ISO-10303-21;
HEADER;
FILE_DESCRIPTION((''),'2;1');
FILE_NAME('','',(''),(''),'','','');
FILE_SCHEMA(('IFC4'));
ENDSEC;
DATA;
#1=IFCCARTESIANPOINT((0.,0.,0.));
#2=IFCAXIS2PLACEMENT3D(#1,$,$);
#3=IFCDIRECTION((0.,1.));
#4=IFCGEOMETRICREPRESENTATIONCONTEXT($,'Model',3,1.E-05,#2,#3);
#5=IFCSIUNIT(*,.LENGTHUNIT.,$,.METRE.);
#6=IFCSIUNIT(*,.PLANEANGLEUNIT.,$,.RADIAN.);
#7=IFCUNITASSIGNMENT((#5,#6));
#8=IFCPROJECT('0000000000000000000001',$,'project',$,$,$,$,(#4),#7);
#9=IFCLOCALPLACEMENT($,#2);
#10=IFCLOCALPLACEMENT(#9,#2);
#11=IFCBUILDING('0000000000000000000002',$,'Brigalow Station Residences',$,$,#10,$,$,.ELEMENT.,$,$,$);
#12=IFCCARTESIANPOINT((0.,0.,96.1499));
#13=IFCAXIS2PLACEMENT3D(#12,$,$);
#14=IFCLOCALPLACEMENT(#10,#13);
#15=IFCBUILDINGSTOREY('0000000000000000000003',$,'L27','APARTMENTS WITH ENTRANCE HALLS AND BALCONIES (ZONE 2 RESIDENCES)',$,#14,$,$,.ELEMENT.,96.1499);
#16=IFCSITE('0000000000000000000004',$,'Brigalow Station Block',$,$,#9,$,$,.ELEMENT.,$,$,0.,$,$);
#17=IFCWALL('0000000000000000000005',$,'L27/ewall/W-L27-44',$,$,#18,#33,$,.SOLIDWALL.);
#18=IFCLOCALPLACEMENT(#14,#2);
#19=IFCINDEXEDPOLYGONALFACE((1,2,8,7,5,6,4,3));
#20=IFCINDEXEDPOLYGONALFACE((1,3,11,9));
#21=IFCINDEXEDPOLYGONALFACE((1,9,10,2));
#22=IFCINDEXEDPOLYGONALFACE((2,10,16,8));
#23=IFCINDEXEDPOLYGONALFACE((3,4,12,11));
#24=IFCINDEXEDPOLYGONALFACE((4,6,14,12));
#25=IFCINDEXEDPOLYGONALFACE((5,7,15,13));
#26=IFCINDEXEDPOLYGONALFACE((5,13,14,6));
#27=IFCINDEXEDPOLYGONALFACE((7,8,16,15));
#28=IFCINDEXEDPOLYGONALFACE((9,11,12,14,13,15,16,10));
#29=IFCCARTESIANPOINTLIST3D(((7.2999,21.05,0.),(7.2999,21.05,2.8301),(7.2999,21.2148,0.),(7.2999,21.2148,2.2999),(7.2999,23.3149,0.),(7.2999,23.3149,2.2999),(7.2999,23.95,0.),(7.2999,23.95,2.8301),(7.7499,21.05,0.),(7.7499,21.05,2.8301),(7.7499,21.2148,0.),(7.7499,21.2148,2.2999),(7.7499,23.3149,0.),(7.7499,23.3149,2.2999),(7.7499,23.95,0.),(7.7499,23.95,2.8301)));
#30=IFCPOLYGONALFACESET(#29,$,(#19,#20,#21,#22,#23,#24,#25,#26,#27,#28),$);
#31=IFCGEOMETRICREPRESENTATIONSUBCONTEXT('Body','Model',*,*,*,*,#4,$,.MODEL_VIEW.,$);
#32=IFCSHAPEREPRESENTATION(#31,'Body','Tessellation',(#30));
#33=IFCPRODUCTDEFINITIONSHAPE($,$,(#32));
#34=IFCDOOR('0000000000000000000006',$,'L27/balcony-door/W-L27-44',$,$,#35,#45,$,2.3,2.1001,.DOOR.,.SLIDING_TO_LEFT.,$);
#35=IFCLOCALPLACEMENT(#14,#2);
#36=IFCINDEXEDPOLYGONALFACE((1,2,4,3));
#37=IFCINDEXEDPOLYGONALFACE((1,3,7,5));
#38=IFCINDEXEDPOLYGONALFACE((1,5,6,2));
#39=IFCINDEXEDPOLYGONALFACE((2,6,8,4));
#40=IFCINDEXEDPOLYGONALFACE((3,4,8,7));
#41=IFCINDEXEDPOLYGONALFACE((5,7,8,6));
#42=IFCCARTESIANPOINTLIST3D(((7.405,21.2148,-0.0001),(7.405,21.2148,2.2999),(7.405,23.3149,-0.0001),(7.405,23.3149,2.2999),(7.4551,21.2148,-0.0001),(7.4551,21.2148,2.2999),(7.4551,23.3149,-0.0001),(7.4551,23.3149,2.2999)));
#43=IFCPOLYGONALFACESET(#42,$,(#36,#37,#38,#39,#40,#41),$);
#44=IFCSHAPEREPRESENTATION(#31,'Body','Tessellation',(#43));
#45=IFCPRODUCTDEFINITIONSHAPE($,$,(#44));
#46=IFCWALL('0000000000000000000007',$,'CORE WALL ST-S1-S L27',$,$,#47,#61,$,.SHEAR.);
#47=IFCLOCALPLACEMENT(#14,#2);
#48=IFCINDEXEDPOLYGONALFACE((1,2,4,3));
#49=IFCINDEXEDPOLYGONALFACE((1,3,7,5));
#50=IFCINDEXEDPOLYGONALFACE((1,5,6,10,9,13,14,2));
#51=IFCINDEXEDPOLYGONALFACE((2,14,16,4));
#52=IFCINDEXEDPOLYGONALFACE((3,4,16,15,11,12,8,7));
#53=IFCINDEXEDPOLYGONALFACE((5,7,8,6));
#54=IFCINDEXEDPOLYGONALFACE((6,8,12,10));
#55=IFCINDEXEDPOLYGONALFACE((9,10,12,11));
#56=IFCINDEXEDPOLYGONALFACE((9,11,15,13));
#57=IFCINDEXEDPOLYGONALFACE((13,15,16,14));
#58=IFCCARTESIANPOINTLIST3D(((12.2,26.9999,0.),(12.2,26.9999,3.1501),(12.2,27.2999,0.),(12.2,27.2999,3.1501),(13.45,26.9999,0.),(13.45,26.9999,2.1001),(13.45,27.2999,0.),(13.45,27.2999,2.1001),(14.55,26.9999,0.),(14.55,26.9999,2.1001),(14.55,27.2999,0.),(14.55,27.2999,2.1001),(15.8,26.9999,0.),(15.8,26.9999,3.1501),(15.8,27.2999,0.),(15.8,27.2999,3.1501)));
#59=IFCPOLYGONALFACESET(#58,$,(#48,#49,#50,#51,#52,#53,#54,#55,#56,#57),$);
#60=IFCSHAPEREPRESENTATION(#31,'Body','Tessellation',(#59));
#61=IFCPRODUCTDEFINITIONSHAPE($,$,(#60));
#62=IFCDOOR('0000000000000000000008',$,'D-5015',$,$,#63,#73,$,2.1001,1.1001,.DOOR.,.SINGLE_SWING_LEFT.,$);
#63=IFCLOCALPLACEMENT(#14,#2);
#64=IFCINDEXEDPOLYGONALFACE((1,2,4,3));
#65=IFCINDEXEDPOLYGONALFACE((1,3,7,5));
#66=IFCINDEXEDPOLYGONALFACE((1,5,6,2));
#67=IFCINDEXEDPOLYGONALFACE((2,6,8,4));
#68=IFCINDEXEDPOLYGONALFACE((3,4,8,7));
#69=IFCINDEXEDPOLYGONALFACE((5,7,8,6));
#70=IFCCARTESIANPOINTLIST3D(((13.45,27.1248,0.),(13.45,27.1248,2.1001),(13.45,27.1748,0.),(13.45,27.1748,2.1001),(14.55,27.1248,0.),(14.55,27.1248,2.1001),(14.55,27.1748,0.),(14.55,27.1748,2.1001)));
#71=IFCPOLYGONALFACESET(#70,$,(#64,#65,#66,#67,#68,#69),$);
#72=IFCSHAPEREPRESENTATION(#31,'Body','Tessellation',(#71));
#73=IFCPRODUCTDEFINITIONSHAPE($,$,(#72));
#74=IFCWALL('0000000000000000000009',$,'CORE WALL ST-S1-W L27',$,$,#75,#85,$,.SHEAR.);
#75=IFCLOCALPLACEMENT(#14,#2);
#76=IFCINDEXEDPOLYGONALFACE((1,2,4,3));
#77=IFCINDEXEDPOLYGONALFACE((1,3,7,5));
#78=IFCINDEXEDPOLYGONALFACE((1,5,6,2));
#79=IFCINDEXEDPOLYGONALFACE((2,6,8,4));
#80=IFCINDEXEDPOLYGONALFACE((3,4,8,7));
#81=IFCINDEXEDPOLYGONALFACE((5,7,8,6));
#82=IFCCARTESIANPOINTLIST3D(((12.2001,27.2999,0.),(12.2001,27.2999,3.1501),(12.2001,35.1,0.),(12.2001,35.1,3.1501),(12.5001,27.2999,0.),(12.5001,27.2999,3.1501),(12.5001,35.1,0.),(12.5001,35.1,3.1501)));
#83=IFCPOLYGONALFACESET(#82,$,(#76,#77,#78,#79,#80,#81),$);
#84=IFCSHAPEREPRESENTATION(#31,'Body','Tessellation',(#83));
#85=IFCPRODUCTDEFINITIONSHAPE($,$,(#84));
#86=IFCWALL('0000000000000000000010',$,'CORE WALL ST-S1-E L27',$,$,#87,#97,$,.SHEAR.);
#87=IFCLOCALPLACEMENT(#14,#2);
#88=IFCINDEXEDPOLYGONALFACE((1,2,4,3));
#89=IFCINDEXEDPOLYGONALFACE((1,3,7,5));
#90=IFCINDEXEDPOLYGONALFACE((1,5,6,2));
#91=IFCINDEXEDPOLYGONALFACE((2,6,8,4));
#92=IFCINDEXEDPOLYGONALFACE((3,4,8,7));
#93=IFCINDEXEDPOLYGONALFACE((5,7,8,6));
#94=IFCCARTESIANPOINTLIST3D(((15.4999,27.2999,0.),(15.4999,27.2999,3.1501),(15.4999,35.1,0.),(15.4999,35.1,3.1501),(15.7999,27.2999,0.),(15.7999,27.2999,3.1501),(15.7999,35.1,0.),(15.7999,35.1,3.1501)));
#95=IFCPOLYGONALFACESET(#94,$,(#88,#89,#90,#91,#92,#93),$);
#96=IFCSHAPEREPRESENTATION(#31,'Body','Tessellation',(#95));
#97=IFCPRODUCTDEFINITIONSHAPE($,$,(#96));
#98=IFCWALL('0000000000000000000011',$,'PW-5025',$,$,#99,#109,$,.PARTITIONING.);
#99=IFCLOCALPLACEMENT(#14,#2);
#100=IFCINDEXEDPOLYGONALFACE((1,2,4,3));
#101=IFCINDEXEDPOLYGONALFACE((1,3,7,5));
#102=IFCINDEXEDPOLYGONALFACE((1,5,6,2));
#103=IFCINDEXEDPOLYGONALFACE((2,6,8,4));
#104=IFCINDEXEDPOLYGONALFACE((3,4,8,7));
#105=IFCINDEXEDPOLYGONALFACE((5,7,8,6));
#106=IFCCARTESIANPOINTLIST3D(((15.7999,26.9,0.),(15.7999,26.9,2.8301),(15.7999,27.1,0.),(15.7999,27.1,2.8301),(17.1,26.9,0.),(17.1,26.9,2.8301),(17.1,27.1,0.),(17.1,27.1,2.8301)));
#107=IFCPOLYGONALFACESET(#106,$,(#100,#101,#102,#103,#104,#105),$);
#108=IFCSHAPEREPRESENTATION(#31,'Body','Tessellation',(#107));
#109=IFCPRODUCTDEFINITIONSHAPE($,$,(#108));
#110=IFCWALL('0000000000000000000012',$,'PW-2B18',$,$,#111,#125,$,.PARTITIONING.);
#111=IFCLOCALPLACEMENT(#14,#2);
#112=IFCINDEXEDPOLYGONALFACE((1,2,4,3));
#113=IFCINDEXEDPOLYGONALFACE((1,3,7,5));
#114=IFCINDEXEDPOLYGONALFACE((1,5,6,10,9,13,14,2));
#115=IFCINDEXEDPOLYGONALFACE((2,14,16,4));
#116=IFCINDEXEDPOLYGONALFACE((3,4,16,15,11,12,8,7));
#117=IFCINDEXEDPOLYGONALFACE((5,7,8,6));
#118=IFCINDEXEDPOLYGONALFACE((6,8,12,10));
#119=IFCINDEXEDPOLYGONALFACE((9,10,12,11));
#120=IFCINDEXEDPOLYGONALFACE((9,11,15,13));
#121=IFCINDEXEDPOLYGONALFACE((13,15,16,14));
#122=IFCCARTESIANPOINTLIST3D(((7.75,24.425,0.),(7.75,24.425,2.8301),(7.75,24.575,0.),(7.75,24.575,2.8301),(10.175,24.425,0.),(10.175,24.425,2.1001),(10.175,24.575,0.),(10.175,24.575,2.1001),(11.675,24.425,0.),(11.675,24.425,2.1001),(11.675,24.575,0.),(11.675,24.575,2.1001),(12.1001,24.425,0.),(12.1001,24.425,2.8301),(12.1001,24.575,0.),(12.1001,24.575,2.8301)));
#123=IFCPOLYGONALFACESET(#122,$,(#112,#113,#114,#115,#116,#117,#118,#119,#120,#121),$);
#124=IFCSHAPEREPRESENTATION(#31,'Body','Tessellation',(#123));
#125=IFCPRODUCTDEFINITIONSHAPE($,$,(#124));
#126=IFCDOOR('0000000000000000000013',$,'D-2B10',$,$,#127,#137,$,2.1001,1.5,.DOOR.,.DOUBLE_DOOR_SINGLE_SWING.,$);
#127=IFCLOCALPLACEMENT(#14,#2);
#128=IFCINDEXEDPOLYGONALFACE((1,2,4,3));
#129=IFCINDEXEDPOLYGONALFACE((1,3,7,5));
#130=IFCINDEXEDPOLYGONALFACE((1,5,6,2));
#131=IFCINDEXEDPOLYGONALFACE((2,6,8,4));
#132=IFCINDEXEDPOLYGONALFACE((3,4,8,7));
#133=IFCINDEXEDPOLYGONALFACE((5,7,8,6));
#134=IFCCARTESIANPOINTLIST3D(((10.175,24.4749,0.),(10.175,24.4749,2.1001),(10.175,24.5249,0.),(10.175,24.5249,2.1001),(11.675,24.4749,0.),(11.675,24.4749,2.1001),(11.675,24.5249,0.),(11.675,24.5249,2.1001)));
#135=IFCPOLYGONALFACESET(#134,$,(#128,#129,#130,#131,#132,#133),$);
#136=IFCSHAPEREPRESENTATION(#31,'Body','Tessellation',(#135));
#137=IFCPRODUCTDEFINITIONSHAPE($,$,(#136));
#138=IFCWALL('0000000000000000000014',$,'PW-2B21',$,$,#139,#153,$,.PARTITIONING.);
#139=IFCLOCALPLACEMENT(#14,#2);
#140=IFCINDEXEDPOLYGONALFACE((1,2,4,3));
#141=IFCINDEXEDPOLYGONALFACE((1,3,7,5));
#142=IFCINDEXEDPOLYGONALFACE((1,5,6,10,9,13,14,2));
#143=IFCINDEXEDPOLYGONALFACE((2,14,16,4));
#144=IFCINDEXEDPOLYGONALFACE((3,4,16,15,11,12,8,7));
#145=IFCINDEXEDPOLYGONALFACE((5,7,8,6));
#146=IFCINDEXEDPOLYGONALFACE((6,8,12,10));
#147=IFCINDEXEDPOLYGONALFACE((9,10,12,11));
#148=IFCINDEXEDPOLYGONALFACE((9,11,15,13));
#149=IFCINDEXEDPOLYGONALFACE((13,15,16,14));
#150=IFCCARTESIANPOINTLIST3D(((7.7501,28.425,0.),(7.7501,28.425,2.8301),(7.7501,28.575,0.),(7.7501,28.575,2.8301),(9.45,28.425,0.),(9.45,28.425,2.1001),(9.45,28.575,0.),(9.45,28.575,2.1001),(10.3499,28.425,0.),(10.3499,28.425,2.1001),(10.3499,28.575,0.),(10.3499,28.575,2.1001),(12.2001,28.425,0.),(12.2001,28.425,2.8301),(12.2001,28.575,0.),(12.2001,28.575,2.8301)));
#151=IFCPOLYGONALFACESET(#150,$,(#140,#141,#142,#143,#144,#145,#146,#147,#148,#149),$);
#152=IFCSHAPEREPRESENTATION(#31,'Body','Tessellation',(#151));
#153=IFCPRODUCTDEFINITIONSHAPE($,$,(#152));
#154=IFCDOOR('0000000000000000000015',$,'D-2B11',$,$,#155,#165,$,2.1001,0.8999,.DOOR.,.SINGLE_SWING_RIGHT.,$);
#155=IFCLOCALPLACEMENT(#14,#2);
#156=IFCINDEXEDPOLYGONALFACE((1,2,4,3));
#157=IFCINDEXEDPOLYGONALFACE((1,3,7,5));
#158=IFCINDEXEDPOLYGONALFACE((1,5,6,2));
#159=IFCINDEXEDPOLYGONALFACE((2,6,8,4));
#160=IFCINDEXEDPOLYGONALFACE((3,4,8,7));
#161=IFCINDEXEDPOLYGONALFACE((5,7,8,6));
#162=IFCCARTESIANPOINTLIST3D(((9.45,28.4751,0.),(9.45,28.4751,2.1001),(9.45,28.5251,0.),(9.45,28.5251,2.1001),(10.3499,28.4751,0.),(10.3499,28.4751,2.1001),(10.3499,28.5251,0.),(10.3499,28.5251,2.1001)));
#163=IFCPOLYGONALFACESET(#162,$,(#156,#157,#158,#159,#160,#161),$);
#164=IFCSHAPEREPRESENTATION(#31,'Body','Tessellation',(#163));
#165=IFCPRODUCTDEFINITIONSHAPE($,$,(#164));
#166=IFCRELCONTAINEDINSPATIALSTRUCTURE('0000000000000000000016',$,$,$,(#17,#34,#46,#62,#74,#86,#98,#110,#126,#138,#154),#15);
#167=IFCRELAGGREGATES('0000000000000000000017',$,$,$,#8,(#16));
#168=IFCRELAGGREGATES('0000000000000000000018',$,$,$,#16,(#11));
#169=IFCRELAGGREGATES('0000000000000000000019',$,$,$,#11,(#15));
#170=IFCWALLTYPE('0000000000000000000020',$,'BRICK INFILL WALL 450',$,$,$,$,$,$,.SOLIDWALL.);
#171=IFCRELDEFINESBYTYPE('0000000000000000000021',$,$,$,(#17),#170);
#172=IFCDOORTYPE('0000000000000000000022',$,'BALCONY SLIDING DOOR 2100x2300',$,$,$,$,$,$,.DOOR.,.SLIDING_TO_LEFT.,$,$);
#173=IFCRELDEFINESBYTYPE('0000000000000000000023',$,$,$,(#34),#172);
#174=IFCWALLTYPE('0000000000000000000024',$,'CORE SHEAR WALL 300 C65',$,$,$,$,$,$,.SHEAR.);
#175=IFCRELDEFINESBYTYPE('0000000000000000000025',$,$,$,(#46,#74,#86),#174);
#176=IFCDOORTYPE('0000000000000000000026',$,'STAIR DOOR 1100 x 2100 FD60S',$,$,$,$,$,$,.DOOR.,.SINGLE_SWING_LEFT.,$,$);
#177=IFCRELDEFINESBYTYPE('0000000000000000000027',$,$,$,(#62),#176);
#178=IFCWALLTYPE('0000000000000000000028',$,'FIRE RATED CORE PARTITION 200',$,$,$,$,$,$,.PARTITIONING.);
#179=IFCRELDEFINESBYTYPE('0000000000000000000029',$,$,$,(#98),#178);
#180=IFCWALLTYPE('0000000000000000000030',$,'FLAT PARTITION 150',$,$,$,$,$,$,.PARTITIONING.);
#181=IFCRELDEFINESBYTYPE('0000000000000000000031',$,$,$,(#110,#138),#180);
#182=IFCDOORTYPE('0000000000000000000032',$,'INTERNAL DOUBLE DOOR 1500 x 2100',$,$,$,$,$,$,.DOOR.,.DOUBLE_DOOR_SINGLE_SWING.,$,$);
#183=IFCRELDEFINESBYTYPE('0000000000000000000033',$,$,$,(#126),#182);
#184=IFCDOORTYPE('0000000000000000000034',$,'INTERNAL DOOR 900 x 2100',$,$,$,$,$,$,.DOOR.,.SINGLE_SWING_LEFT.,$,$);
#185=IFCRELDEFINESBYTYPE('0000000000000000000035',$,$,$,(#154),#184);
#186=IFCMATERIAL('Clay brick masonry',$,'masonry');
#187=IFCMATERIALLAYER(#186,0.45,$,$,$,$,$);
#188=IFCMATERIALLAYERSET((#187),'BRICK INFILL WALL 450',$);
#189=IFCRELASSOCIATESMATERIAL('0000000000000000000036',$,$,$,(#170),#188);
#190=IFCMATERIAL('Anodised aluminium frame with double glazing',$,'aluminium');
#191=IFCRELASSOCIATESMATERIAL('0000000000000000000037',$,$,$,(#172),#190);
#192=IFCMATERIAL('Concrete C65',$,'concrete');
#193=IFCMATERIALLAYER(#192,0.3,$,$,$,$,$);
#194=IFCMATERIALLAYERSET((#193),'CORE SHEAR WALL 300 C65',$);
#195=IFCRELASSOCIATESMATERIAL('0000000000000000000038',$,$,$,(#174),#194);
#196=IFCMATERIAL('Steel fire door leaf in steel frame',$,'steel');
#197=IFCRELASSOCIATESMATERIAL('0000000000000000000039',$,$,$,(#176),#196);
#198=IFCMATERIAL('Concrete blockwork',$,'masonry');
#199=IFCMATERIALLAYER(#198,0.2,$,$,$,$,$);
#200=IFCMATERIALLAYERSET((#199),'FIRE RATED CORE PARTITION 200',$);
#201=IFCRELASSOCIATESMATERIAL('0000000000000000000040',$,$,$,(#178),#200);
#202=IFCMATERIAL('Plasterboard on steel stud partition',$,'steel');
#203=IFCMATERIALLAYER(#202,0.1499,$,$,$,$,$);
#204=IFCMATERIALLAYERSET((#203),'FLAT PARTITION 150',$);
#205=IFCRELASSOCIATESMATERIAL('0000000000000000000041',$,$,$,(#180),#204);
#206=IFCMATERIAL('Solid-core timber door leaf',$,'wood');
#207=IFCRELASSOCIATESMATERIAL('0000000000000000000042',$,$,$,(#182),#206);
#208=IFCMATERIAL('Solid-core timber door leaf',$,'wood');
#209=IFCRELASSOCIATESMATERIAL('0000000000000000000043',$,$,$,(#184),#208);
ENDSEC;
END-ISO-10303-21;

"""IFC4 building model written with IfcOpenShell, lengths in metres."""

from ifc_helpers import new_model, si_unit, direction, frame, frame_2d, origin, place, context, subcontext, project, spatial, rectangle, extrude, material, layer, layer_set, type_object, element, fill, save


model = new_model("IFC4")

# Units and contexts
model_context = context("Model", 3, precision=1e-05, world=origin(), true_north=direction((0.0, 1.0)))
body_context = subcontext(model_context, "Body", "Model", "MODEL_VIEW")
ifc_project = project(units=[si_unit("LENGTHUNIT", "METRE"), si_unit("PLANEANGLEUNIT", "RADIAN")], contexts=[model_context])

# Site, building, storey
site_placement = place(None, origin())
site = spatial("IfcSite", under=ifc_project, at=site_placement, Name="Brigalow Station Block", CompositionType="ELEMENT", RefElevation=0.0)
building_placement = place(site_placement, origin())
building = spatial("IfcBuilding", under=site, at=building_placement, Name="Brigalow Station Residences", CompositionType="ELEMENT")
storey_placement = place(building_placement, frame((0.0, 0.0, 96.1499)))
storey = spatial("IfcBuildingStorey", under=building, at=storey_placement, Name="L27", Description="APARTMENTS WITH ENTRANCE HALLS AND BALCONIES (ZONE 2 RESIDENCES)", CompositionType="ELEMENT", Elevation=96.1499)

# Shared definitions
ifc_material_1 = material(Name="Clay brick masonry", Category="masonry")
ifc_layer_1 = layer(ifc_material_1, 0.45)
ifc_layer_set_1 = layer_set([ifc_layer_1], Name="BRICK INFILL WALL 450")
wall_type_1 = type_object("IfcWallType", Name="BRICK INFILL WALL 450", PredefinedType="SOLIDWALL", material=ifc_layer_set_1)

# Walls, openings, doors
wall_1_placement = place(storey_placement, frame((7.5249, 23.95, 0.0), z_axis=(0.0, 0.0, 1.0), x_axis=(0.0, -1.0, 0.0)))
wall_1 = element("IfcWall", 1, at=wall_1_placement, inside=storey, type_object=wall_type_1, Name="L27/ewall/W-L27-44", PredefinedType="SOLIDWALL", context=body_context, shape_type="SweptSolid", body=[
    extrude(rectangle(XDim=2.8999, YDim=0.45, at=frame_2d((1.45, 0.0))), origin(), (0.0, 0.0, 1.0), 2.8301),
])
opening_1_placement = place(wall_1_placement, frame((0.635, 0.0, 0.0)))
opening_1 = element("IfcOpeningElement", 2, at=opening_1_placement, cuts=wall_1, PredefinedType="OPENING", context=body_context, shape_type="SweptSolid", body=[
    extrude(rectangle(XDim=2.1001, YDim=2.3, at=frame_2d((1.05, 1.1499))), frame((0.0, 0.2349, 0.0), z_axis=(0.0, -1.0, 0.0), x_axis=(1.0, 0.0, 0.0)), (0.0, 0.0, 1.0), 0.47),
])
ifc_material_2 = material(Name="Anodised aluminium frame with double glazing", Category="aluminium")
door_type_1 = type_object("IfcDoorType", Name="BALCONY SLIDING DOOR 2100x2300", OperationType="SLIDING_TO_LEFT", PredefinedType="DOOR", material=ifc_material_2)
door_1_placement = place(opening_1_placement, origin())
door_1 = element("IfcDoor", 3, at=door_1_placement, inside=storey, type_object=door_type_1, Name="L27/balcony-door/W-L27-44", OperationType="SLIDING_TO_LEFT", OverallHeight=2.3, OverallWidth=2.1001, PredefinedType="DOOR", context=body_context, shape_type="SweptSolid", body=[
    extrude(rectangle(XDim=2.1001, YDim=2.3, at=frame_2d((1.05, 1.1499))), frame((0.0, -0.0698, 0.0), z_axis=(0.0, -1.0, 0.0), x_axis=(1.0, 0.0, 0.0)), (0.0, 0.0, 1.0), 0.05),
])
fill(opening_1, door_1)
ifc_material_3 = material(Name="Concrete C65", Category="concrete")
ifc_layer_2 = layer(ifc_material_3, 0.3)
ifc_layer_set_2 = layer_set([ifc_layer_2], Name="CORE SHEAR WALL 300 C65")
wall_type_2 = type_object("IfcWallType", Name="CORE SHEAR WALL 300 C65", PredefinedType="SHEAR", material=ifc_layer_set_2)
wall_2_placement = place(storey_placement, frame((12.2, 27.1499, 0.0), z_axis=(0.0, 0.0, 1.0), x_axis=(1.0, 0.0, 0.0)))
wall_2 = element("IfcWall", 4, at=wall_2_placement, inside=storey, type_object=wall_type_2, Name="CORE WALL ST-S1-S L27", PredefinedType="SHEAR", context=body_context, shape_type="SweptSolid", body=[
    extrude(rectangle(XDim=3.6001, YDim=0.3, at=frame_2d((1.8, 0.0))), origin(), (0.0, 0.0, 1.0), 3.1501),
])
opening_2_placement = place(wall_2_placement, frame((1.25, 0.0, 0.0)))
opening_2 = element("IfcOpeningElement", 5, at=opening_2_placement, cuts=wall_2, PredefinedType="OPENING", context=body_context, shape_type="SweptSolid", body=[
    extrude(rectangle(XDim=1.1001, YDim=2.1001, at=frame_2d((0.55, 1.05))), frame((0.0, 0.1602, 0.0), z_axis=(0.0, -1.0, 0.0), x_axis=(1.0, 0.0, 0.0)), (0.0, 0.0, 1.0), 0.3201),
])
ifc_material_4 = material(Name="Steel fire door leaf in steel frame", Category="steel")
door_type_2 = type_object("IfcDoorType", Name="STAIR DOOR 1100 x 2100 FD60S", OperationType="SINGLE_SWING_LEFT", PredefinedType="DOOR", material=ifc_material_4)
door_2_placement = place(opening_2_placement, origin())
door_2 = element("IfcDoor", 6, at=door_2_placement, inside=storey, type_object=door_type_2, Name="D-5015", OperationType="SINGLE_SWING_LEFT", OverallHeight=2.1001, OverallWidth=1.1001, PredefinedType="DOOR", context=body_context, shape_type="SweptSolid", body=[
    extrude(rectangle(XDim=1.1001, YDim=2.1001, at=frame_2d((0.55, 1.05))), frame((0.0, 0.0249, 0.0), z_axis=(0.0, -1.0, 0.0), x_axis=(1.0, 0.0, 0.0)), (0.0, 0.0, 1.0), 0.05),
])
fill(opening_2, door_2)

# Walls
for number, where, z_axis, x_axis, name in (
    (7, (12.3501, 27.3, 0.0), (0.0, 0.0, 1.0), (0.0, 1.0, 0.0), "CORE WALL ST-S1-W L27"),
    (8, (15.6499, 27.3, 0.0), (0.0, 0.0, 1.0), (0.0, 1.0, 0.0), "CORE WALL ST-S1-E L27"),
):
    element("IfcWall", number, at=place(storey_placement, frame(where, z_axis=z_axis, x_axis=x_axis)), inside=storey, type_object=wall_type_2, Name=name, PredefinedType="SHEAR", context=body_context, shape_type="SweptSolid", body=[
        extrude(rectangle(XDim=7.8, YDim=0.3, at=frame_2d((3.8999, 0.0))), origin(), (0.0, 0.0, 1.0), 3.1501),
    ])
ifc_material_5 = material(Name="Concrete blockwork", Category="masonry")
ifc_layer_3 = layer(ifc_material_5, 0.2)
ifc_layer_set_3 = layer_set([ifc_layer_3], Name="FIRE RATED CORE PARTITION 200")
wall_type_3 = type_object("IfcWallType", Name="FIRE RATED CORE PARTITION 200", PredefinedType="PARTITIONING", material=ifc_layer_set_3)
wall_3_placement = place(storey_placement, frame((15.8, 27.0, 0.0), z_axis=(0.0, 0.0, 1.0), x_axis=(1.0, 0.0, 0.0)))
element("IfcWall", 9, at=wall_3_placement, inside=storey, type_object=wall_type_3, Name="PW-5025", PredefinedType="PARTITIONING", context=body_context, shape_type="SweptSolid", body=[
    extrude(rectangle(XDim=1.3, YDim=0.2, at=frame_2d((0.6499, 0.0))), origin(), (0.0, 0.0, 1.0), 2.8301),
])

# Walls, openings, doors
ifc_material_6 = material(Name="Plasterboard on steel stud partition", Category="steel")
ifc_layer_4 = layer(ifc_material_6, 0.1499)
ifc_layer_set_4 = layer_set([ifc_layer_4], Name="FLAT PARTITION 150")
wall_type_4 = type_object("IfcWallType", Name="FLAT PARTITION 150", PredefinedType="PARTITIONING", material=ifc_layer_set_4)
wall_4_placement = place(storey_placement, frame((7.75, 24.5, 0.0), z_axis=(0.0, 0.0, 1.0), x_axis=(1.0, 0.0, 0.0)))
wall_4 = element("IfcWall", 10, at=wall_4_placement, inside=storey, type_object=wall_type_4, Name="PW-2B18", PredefinedType="PARTITIONING", context=body_context, shape_type="SweptSolid", body=[
    extrude(rectangle(XDim=4.3501, YDim=0.1499, at=frame_2d((2.175, 0.0))), origin(), (0.0, 0.0, 1.0), 2.8301),
])
opening_3_placement = place(wall_4_placement, frame((2.425, 0.0, 0.0)))
opening_3 = element("IfcOpeningElement", 11, at=opening_3_placement, cuts=wall_4, PredefinedType="OPENING", context=body_context, shape_type="SweptSolid", body=[
    extrude(rectangle(XDim=1.5, YDim=2.1001, at=frame_2d((0.75, 1.05))), frame((0.0, 0.085, 0.0), z_axis=(0.0, -1.0, 0.0), x_axis=(1.0, 0.0, 0.0)), (0.0, 0.0, 1.0), 0.1699),
])
ifc_material_7 = material(Name="Solid-core timber door leaf", Category="wood")
door_type_3 = type_object("IfcDoorType", Name="INTERNAL DOUBLE DOOR 1500 x 2100", OperationType="DOUBLE_DOOR_SINGLE_SWING", PredefinedType="DOOR", material=ifc_material_7)
door_3_placement = place(opening_3_placement, origin())
door_3 = element("IfcDoor", 12, at=door_3_placement, inside=storey, type_object=door_type_3, Name="D-2B10", OperationType="DOUBLE_DOOR_SINGLE_SWING", OverallHeight=2.1001, OverallWidth=1.5, PredefinedType="DOOR", context=body_context, shape_type="SweptSolid", body=[
    extrude(rectangle(XDim=1.5, YDim=2.1001, at=frame_2d((0.75, 1.05))), frame((0.0, 0.0249, 0.0), z_axis=(0.0, -1.0, 0.0), x_axis=(1.0, 0.0, 0.0)), (0.0, 0.0, 1.0), 0.05),
])
fill(opening_3, door_3)
wall_5_placement = place(storey_placement, frame((7.75, 28.5, 0.0), z_axis=(0.0, 0.0, 1.0), x_axis=(1.0, 0.0, 0.0)))
wall_5 = element("IfcWall", 13, at=wall_5_placement, inside=storey, type_object=wall_type_4, Name="PW-2B21", PredefinedType="PARTITIONING", context=body_context, shape_type="SweptSolid", body=[
    extrude(rectangle(XDim=4.45, YDim=0.1499, at=frame_2d((2.2251, 0.0))), origin(), (0.0, 0.0, 1.0), 2.8301),
])
opening_4_placement = place(wall_5_placement, frame((1.7, 0.0, 0.0)))
opening_4 = element("IfcOpeningElement", 14, at=opening_4_placement, cuts=wall_5, PredefinedType="OPENING", context=body_context, shape_type="SweptSolid", body=[
    extrude(rectangle(XDim=0.8999, YDim=2.1001, at=frame_2d((0.45, 1.05))), frame((0.0, 0.085, 0.0), z_axis=(0.0, -1.0, 0.0), x_axis=(1.0, 0.0, 0.0)), (0.0, 0.0, 1.0), 0.1699),
])
ifc_material_8 = material(Name="Solid-core timber door leaf", Category="wood")
door_type_4 = type_object("IfcDoorType", Name="INTERNAL DOOR 900 x 2100", OperationType="SINGLE_SWING_LEFT", PredefinedType="DOOR", material=ifc_material_8)
door_4_placement = place(opening_4_placement, frame((0.8999, 0.0, 0.0), z_axis=(0.0, 0.0, 1.0), x_axis=(-1.0, 0.0, 0.0)))
door_4 = element("IfcDoor", 15, at=door_4_placement, inside=storey, type_object=door_type_4, Name="D-2B11", OperationType="SINGLE_SWING_RIGHT", OverallHeight=2.1001, OverallWidth=0.8999, PredefinedType="DOOR", context=body_context, shape_type="SweptSolid", body=[
    extrude(rectangle(XDim=0.8999, YDim=2.1001, at=frame_2d((0.45, 1.05))), frame((0.0, 0.0249, 0.0), z_axis=(0.0, -1.0, 0.0), x_axis=(1.0, 0.0, 0.0)), (0.0, 0.0, 1.0), 0.05),
])
fill(opening_4, door_4)

save(model, "model.ifc")
